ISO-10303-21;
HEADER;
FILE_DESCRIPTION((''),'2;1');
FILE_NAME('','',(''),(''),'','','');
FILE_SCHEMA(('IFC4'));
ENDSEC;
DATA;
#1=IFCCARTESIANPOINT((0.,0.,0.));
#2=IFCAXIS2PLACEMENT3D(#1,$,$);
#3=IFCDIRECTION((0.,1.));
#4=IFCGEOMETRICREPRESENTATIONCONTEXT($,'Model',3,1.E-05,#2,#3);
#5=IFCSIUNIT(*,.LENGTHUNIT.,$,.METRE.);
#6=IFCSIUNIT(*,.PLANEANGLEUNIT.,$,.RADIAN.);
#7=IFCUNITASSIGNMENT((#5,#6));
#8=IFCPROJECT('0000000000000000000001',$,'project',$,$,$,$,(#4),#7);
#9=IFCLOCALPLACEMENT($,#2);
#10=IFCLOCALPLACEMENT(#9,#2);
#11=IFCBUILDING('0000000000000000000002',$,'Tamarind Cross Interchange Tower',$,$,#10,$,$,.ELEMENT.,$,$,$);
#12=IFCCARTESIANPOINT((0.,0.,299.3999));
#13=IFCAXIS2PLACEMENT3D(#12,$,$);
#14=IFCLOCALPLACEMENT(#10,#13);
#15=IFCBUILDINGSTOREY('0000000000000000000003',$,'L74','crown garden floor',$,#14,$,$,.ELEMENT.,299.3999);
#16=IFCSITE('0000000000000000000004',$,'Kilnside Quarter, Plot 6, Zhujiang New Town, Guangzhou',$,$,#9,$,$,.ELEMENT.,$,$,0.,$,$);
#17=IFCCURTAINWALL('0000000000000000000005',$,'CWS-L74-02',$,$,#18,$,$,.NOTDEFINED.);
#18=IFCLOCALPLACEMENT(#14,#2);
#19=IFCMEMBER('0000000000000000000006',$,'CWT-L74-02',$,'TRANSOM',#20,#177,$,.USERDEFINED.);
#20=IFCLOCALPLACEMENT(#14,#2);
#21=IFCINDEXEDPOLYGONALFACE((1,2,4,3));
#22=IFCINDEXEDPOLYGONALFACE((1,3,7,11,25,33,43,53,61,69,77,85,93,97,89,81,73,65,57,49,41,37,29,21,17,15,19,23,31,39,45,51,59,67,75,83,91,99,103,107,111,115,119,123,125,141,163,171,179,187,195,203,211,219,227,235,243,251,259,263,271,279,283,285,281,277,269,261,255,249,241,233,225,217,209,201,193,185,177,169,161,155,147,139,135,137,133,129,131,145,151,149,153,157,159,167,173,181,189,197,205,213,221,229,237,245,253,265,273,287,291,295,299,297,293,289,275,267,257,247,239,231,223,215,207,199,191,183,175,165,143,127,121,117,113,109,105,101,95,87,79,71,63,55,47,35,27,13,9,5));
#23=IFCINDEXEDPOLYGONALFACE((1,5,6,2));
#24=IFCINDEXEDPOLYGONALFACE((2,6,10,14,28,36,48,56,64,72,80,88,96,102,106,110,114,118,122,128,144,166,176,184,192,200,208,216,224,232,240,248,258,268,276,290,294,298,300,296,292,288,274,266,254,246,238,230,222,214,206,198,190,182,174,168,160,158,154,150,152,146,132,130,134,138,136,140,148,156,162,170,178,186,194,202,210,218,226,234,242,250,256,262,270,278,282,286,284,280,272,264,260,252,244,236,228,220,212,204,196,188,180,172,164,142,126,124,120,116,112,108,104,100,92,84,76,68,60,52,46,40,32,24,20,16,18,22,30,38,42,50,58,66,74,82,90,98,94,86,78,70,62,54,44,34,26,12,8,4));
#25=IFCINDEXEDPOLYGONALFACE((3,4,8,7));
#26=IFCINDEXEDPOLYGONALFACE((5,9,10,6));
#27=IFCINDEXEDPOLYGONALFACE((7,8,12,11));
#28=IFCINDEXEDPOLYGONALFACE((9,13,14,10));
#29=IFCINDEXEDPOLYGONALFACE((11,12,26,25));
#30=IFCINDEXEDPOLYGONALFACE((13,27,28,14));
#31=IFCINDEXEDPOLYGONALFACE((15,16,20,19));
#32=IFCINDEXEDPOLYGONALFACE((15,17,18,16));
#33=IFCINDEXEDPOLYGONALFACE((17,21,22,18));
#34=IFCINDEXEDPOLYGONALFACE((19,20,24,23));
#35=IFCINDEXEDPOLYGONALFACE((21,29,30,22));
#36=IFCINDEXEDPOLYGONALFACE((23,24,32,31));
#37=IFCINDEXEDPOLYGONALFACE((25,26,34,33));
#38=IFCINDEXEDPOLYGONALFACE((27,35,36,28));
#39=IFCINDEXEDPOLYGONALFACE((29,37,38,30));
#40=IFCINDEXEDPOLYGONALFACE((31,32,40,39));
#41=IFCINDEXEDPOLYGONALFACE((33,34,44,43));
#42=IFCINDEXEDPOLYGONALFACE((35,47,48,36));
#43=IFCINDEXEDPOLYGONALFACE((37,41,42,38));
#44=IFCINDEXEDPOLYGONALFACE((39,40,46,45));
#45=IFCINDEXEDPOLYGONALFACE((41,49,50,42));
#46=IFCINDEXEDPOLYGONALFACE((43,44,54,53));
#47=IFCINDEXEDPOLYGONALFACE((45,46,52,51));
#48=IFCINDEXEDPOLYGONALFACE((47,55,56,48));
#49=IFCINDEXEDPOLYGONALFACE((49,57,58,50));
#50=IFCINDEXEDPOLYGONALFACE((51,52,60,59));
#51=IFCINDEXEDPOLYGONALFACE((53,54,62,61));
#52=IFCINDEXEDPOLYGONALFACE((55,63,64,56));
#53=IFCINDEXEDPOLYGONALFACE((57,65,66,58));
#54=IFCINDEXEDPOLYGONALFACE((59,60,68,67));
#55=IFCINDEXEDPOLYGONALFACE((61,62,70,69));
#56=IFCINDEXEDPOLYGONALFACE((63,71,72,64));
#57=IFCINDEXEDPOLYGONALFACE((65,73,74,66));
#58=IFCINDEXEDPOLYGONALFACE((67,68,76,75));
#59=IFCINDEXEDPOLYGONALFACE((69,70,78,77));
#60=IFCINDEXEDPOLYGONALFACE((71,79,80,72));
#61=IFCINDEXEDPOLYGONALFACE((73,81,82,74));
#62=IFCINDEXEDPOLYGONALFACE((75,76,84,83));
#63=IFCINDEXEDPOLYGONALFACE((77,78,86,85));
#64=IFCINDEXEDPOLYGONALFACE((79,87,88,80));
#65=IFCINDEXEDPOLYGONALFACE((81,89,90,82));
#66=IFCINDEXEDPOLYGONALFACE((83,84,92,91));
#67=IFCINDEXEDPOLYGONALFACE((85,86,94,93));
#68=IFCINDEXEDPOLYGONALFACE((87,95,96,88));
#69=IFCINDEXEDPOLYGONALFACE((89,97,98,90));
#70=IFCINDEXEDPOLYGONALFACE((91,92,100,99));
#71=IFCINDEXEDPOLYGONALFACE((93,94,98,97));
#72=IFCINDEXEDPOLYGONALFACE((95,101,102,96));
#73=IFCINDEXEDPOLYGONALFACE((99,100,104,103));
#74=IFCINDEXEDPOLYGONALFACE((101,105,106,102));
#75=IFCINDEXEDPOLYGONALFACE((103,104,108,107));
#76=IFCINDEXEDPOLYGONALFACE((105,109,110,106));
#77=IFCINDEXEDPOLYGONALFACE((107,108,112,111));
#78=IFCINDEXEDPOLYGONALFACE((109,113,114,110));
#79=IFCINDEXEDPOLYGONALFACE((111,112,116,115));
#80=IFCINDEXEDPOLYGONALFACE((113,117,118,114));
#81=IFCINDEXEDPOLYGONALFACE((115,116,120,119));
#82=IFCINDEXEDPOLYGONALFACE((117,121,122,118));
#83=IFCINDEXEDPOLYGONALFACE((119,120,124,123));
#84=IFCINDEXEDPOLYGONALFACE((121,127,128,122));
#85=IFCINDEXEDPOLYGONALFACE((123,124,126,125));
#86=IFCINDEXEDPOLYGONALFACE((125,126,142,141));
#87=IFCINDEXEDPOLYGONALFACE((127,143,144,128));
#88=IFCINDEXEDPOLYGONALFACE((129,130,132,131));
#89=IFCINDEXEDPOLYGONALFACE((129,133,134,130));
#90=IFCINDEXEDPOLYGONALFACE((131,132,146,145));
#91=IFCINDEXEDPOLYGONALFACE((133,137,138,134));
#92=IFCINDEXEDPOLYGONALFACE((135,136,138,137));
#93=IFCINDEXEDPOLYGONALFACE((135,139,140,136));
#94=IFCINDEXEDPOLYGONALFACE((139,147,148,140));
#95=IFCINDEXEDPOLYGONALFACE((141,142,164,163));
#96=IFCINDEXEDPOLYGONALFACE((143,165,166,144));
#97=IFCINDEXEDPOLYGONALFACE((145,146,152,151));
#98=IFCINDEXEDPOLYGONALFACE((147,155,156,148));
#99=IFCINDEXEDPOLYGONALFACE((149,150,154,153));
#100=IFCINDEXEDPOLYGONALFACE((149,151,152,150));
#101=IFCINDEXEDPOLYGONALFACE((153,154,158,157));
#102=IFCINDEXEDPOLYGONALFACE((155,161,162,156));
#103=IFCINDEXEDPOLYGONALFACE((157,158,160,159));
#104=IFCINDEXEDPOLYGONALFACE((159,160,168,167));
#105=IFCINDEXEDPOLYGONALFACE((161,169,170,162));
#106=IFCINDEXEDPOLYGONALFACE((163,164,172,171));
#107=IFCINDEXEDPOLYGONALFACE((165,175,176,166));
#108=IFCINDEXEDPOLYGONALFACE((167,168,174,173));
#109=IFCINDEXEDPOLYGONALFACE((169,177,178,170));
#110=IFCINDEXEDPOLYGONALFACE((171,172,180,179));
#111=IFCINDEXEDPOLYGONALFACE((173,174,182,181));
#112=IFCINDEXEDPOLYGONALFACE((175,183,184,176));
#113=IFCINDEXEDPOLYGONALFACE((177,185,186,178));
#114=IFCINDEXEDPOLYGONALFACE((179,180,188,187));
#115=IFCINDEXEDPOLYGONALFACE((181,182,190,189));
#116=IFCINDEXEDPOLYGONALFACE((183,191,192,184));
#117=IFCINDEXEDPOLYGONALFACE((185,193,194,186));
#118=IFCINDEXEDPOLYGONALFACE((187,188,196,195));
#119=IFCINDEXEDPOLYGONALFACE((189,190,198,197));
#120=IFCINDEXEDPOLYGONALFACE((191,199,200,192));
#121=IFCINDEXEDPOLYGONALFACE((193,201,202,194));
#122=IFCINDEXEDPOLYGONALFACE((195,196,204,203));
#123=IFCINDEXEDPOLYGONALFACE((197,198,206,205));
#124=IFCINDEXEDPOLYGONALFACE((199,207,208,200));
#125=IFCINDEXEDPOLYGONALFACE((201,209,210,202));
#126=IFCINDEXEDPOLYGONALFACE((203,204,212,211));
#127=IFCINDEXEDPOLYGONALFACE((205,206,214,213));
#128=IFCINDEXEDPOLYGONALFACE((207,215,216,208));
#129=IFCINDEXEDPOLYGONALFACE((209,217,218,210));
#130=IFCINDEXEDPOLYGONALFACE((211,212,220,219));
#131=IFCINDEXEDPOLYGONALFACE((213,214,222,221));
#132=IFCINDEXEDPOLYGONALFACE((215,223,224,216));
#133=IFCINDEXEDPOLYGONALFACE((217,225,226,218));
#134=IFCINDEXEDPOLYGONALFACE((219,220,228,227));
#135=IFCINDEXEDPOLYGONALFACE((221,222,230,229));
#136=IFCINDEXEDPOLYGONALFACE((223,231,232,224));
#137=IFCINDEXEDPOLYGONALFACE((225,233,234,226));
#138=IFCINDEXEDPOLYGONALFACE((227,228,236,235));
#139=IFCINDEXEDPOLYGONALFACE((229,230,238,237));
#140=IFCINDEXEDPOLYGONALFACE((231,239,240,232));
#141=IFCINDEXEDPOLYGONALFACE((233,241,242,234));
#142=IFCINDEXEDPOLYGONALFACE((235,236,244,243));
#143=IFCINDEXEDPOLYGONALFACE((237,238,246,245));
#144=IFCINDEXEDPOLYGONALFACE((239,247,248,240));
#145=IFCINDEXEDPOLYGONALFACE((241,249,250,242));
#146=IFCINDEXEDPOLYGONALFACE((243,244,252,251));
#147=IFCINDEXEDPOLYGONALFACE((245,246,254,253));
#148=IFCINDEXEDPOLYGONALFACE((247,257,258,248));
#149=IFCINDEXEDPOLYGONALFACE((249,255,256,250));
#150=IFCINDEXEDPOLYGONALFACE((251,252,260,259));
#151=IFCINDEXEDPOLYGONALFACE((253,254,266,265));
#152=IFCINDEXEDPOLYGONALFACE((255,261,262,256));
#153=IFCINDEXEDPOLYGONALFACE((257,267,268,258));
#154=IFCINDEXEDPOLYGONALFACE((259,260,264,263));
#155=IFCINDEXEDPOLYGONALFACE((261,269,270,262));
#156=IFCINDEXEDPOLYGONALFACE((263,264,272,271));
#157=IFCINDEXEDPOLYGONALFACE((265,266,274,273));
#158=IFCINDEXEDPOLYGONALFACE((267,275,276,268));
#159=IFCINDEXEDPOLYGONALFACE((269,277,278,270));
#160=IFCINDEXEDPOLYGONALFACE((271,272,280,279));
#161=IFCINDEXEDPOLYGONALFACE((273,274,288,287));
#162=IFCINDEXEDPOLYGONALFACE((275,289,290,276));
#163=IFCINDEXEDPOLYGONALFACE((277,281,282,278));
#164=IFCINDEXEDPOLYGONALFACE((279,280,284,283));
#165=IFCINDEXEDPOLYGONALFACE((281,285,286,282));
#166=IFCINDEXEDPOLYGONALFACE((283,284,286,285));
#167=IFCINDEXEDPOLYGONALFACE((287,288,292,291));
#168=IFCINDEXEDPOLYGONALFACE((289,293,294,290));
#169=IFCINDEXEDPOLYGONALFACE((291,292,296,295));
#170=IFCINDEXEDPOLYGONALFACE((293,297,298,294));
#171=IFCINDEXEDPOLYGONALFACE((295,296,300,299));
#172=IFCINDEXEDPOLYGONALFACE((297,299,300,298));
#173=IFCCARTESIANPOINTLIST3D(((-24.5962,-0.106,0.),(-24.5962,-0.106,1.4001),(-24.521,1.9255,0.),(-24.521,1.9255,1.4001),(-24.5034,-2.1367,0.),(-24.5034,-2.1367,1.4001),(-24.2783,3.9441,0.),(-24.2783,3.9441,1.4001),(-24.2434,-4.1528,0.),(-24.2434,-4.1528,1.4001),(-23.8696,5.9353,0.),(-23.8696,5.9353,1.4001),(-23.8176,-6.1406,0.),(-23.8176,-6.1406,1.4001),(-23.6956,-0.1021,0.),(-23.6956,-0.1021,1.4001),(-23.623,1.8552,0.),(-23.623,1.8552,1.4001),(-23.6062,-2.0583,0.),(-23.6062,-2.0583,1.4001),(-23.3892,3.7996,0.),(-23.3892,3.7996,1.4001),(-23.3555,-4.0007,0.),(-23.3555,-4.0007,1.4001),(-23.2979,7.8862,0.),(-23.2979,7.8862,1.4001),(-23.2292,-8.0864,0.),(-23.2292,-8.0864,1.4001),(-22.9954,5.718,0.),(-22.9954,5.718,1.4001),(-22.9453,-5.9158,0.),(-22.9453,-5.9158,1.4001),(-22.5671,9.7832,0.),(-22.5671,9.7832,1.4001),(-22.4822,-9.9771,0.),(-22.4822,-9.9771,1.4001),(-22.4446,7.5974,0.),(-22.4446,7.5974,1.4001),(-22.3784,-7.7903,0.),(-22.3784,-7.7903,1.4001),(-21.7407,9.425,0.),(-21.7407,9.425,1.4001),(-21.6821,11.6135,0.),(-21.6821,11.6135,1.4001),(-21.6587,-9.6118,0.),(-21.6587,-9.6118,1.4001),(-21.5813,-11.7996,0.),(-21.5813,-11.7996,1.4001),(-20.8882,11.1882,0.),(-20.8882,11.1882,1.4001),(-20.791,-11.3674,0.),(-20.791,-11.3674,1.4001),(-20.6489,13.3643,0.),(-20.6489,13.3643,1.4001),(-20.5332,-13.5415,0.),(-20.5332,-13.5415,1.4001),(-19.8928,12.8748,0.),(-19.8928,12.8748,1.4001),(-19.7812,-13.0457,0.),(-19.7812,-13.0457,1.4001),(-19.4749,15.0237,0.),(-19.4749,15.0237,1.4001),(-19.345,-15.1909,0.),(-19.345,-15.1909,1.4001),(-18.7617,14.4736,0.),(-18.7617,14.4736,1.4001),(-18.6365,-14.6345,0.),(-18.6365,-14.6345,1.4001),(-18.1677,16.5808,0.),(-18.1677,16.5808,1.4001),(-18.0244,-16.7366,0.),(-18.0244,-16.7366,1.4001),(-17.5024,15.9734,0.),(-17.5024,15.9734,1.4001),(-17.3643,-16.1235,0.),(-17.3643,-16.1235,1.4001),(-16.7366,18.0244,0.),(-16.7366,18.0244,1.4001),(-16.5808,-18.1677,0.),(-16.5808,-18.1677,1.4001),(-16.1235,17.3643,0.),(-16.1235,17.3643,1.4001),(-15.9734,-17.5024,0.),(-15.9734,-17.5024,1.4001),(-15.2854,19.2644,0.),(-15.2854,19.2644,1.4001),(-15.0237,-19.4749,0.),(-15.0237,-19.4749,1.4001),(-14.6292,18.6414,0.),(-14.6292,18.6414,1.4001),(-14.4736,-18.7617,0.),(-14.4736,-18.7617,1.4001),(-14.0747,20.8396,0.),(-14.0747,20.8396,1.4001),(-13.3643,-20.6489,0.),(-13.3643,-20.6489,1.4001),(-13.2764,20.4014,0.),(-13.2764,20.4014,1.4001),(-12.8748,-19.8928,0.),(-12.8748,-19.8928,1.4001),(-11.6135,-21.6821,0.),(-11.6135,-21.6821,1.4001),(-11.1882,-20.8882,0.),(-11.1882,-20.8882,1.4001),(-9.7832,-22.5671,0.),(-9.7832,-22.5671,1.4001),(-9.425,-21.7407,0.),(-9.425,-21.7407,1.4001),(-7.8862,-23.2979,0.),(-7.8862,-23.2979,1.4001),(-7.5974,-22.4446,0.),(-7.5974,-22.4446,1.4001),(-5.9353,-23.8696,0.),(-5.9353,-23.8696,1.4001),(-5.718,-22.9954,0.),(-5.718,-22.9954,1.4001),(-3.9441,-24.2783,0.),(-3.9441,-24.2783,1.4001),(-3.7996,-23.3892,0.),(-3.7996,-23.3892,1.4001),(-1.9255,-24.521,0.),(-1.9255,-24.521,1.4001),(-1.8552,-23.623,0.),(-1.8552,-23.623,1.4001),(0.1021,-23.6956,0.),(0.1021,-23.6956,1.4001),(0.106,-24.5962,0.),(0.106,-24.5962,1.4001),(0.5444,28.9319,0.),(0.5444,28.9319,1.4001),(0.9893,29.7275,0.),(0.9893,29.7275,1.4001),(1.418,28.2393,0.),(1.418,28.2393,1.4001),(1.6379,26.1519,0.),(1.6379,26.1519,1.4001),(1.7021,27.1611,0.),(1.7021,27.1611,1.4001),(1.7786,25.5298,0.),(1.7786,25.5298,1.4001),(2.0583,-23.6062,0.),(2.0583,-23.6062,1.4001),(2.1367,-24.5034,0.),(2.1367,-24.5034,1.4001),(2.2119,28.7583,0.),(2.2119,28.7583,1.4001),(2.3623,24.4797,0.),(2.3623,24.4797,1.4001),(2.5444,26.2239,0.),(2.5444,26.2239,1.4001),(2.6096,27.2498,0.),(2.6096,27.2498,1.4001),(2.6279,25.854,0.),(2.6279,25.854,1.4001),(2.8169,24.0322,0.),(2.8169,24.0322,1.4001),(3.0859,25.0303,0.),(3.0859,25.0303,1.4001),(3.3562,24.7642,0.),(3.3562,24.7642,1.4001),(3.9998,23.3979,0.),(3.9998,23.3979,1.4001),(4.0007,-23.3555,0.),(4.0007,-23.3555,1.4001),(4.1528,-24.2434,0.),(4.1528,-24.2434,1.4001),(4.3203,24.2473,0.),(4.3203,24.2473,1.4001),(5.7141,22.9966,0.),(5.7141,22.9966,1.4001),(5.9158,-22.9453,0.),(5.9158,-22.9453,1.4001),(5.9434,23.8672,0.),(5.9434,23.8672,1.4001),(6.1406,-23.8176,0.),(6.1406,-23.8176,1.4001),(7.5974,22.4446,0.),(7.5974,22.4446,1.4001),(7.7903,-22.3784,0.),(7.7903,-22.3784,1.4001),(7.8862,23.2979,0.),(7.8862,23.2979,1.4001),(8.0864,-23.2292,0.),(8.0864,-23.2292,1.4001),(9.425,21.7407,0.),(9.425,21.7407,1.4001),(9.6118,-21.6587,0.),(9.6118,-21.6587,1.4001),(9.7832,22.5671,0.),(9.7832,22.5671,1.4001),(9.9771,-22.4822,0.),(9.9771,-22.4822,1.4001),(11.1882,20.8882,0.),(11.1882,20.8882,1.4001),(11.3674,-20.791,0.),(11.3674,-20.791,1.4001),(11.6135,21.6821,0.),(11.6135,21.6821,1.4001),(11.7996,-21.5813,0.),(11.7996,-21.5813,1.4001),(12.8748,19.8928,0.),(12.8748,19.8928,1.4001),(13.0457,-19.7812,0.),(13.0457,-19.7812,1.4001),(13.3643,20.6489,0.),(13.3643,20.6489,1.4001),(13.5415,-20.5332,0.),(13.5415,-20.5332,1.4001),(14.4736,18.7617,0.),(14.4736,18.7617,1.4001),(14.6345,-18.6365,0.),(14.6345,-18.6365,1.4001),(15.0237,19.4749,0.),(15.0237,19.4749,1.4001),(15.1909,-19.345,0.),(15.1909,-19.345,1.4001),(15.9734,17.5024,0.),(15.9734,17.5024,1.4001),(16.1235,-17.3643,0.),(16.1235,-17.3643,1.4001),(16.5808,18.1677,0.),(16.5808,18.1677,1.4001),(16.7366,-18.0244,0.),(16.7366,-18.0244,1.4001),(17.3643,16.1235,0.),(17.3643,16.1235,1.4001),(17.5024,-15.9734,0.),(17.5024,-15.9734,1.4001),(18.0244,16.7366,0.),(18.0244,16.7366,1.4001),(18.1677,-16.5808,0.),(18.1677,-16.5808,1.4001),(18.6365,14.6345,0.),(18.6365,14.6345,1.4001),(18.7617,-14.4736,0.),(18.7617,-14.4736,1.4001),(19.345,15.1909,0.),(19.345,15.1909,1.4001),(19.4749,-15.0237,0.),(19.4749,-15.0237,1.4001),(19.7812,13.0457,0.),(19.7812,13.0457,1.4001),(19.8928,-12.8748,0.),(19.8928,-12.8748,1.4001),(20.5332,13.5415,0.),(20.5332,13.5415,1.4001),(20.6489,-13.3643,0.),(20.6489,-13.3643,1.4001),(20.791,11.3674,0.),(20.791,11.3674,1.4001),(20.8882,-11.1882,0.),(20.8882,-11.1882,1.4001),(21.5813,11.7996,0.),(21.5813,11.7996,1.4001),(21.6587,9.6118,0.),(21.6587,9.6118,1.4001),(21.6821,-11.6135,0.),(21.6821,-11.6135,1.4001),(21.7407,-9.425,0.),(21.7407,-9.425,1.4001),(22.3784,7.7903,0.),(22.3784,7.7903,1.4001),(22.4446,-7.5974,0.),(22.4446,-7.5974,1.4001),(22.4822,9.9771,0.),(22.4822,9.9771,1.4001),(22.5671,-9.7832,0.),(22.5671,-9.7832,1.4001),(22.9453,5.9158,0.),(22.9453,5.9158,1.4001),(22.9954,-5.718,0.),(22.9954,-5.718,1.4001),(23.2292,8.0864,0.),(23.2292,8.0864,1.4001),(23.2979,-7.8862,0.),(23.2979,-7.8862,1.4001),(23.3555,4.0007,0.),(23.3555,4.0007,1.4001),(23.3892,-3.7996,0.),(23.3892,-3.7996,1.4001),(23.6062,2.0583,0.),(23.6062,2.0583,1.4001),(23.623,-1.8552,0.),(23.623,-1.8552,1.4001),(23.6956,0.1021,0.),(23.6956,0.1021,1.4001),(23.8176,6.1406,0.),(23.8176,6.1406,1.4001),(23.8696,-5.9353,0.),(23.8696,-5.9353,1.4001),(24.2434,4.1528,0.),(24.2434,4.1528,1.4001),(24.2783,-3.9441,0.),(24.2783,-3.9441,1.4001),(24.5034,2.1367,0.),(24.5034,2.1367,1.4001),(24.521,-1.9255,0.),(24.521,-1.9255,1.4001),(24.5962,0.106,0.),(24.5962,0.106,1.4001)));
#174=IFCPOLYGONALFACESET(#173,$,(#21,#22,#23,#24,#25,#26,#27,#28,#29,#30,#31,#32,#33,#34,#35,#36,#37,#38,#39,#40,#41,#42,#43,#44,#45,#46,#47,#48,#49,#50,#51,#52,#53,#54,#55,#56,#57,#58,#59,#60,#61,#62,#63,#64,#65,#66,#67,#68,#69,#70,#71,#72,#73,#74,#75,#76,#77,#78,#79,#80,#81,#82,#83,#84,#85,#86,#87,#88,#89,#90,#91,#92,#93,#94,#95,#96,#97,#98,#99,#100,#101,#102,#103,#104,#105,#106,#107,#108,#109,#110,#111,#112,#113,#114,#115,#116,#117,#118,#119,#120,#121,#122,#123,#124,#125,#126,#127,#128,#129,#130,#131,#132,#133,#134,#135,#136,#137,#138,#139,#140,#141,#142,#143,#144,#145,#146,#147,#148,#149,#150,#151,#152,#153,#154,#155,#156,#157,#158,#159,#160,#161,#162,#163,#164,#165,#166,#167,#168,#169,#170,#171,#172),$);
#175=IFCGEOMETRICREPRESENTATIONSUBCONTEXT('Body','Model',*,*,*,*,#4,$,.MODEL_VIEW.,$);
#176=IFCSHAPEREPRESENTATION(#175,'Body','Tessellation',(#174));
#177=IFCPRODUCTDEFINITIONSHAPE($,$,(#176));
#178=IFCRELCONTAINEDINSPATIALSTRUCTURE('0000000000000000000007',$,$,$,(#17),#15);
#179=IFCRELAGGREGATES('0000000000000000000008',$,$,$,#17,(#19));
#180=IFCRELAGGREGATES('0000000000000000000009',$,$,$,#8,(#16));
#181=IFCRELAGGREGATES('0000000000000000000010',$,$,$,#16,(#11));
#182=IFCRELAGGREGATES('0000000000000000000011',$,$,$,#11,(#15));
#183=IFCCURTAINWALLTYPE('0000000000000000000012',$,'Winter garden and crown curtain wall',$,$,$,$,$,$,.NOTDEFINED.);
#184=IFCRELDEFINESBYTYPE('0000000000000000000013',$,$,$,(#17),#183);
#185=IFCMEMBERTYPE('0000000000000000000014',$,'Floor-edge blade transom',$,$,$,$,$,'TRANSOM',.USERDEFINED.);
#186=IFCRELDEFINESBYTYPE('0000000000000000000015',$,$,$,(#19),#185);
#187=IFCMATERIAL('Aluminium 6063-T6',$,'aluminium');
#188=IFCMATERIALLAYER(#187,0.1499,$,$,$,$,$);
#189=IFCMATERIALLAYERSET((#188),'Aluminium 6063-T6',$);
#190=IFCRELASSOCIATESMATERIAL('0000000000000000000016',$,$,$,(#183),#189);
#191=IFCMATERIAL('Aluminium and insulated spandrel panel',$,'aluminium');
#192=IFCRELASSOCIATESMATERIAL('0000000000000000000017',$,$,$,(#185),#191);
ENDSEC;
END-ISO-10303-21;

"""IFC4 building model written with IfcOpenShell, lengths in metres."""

from ifc_helpers import new_model, si_unit, direction, frame, origin, place, context, subcontext, project, spatial, polyline, outline, extrude, material, layer, layer_set, type_object, element, aggregate, save


model = new_model("IFC4")

# Units and contexts
model_context = context("Model", 3, precision=1e-05, world=origin(), true_north=direction((0.0, 1.0)))
body_context = subcontext(model_context, "Body", "Model", "MODEL_VIEW")
ifc_project = project(units=[si_unit("LENGTHUNIT", "METRE"), si_unit("PLANEANGLEUNIT", "RADIAN")], contexts=[model_context])

# Site, building, storey
site_placement = place(None, origin())
site = spatial("IfcSite", under=ifc_project, at=site_placement, Name="Kilnside Quarter, Plot 6, Zhujiang New Town, Guangzhou", CompositionType="ELEMENT", RefElevation=0.0)
building_placement = place(site_placement, origin())
building = spatial("IfcBuilding", under=site, at=building_placement, Name="Tamarind Cross Interchange Tower", CompositionType="ELEMENT")
storey_placement = place(building_placement, frame((0.0, 0.0, 299.3999)))
storey = spatial("IfcBuildingStorey", under=building, at=storey_placement, Name="L74", Description="crown garden floor", CompositionType="ELEMENT", Elevation=299.3999)

# Curtain wall, member
ifc_material_1 = material(Name="Aluminium 6063-T6", Category="aluminium")
ifc_layer_1 = layer(ifc_material_1, 0.1499)
ifc_layer_set_1 = layer_set([ifc_layer_1], Name="Aluminium 6063-T6")
curtain_wall_type = type_object("IfcCurtainWallType", Name="Winter garden and crown curtain wall", PredefinedType="NOTDEFINED", material=ifc_layer_set_1)
curtain_wall_placement = place(storey_placement, origin())
curtain_wall = element("IfcCurtainWall", 1, at=curtain_wall_placement, inside=storey, type_object=curtain_wall_type, Name="CWS-L74-02", PredefinedType="NOTDEFINED")
ifc_material_2 = material(Name="Aluminium and insulated spandrel panel", Category="aluminium")
member_type = type_object("IfcMemberType", Name="Floor-edge blade transom", ElementType="TRANSOM", PredefinedType="USERDEFINED", material=ifc_material_2)
member_placement = place(storey_placement, origin())
member = element("IfcMember", 2, at=member_placement, type_object=member_type, Name="CWT-L74-02", ObjectType="TRANSOM", PredefinedType="USERDEFINED", context=body_context, shape_type="SweptSolid", body=[
    extrude(outline(polyline([(-13.2764, 20.4014), (-14.6292, 18.6414), (-16.1235, 17.3643), (-17.5024, 15.9734), (-18.7617, 14.4736), (-19.8928, 12.8748), (-20.8882, 11.1882), (-21.7407, 9.425), (-22.4446, 7.5974), (-22.9954, 5.718), (-23.3892, 3.7996), (-23.623, 1.8552), (-23.6956, -0.1021), (-23.6062, -2.0583), (-23.3555, -4.0007), (-22.9453, -5.9158), (-22.3784, -7.7903), (-21.6587, -9.6118), (-20.791, -11.3674), (-19.7812, -13.0457), (-18.6365, -14.6345), (-17.3643, -16.1235), (-15.9734, -17.5024), (-14.4736, -18.7617), (-12.8748, -19.8928), (-11.1882, -20.8882), (-9.425, -21.7407), (-7.5974, -22.4446), (-5.718, -22.9954), (-3.7996, -23.3892), (-1.8552, -23.623), (0.1021, -23.6956), (2.0583, -23.6062), (4.0007, -23.3555), (5.9158, -22.9453), (7.7903, -22.3784), (9.6118, -21.6587), (11.3674, -20.791), (13.0457, -19.7812), (14.6345, -18.6365), (16.1235, -17.3643), (17.5024, -15.9734), (18.7617, -14.4736), (19.8928, -12.8748), (20.8882, -11.1882), (21.7407, -9.425), (22.4446, -7.5974), (22.9954, -5.718), (23.3892, -3.7996), (23.623, -1.8552), (23.6956, 0.1021), (23.6062, 2.0583), (23.3555, 4.0007), (22.9453, 5.9158), (22.3784, 7.7903), (21.6587, 9.6118), (20.791, 11.3674), (19.7812, 13.0457), (18.6365, 14.6345), (17.3643, 16.1235), (15.9734, 17.5024), (14.4736, 18.7617), (12.8748, 19.8928), (11.1882, 20.8882), (9.425, 21.7407), (7.5974, 22.4446), (5.7141, 22.9966), (3.9998, 23.3979), (2.8169, 24.0322), (2.3623, 24.4797), (1.7786, 25.5298), (1.6379, 26.1519), (1.7021, 27.1611), (1.418, 28.2393), (0.5444, 28.9319), (0.9893, 29.7275), (2.2119, 28.7583), (2.6096, 27.2498), (2.5444, 26.2239), (2.6279, 25.854), (3.0859, 25.0303), (3.3562, 24.7642), (4.3203, 24.2473), (5.9434, 23.8672), (7.8862, 23.2979), (9.7832, 22.5671), (11.6135, 21.6821), (13.3643, 20.6489), (15.0237, 19.4749), (16.5808, 18.1677), (18.0244, 16.7366), (19.345, 15.1909), (20.5332, 13.5415), (21.5813, 11.7996), (22.4822, 9.9771), (23.2292, 8.0864), (23.8176, 6.1406), (24.2434, 4.1528), (24.5034, 2.1367), (24.5962, 0.106), (24.521, -1.9255), (24.2783, -3.9441), (23.8696, -5.9353), (23.2979, -7.8862), (22.5671, -9.7832), (21.6821, -11.6135), (20.6489, -13.3643), (19.4749, -15.0237), (18.1677, -16.5808), (16.7366, -18.0244), (15.1909, -19.345), (13.5415, -20.5332), (11.7996, -21.5813), (9.9771, -22.4822), (8.0864, -23.2292), (6.1406, -23.8176), (4.1528, -24.2434), (2.1367, -24.5034), (0.106, -24.5962), (-1.9255, -24.521), (-3.9441, -24.2783), (-5.9353, -23.8696), (-7.8862, -23.2979), (-9.7832, -22.5671), (-11.6135, -21.6821), (-13.3643, -20.6489), (-15.0237, -19.4749), (-16.5808, -18.1677), (-18.0244, -16.7366), (-19.345, -15.1909), (-20.5332, -13.5415), (-21.5813, -11.7996), (-22.4822, -9.9771), (-23.2292, -8.0864), (-23.8176, -6.1406), (-24.2434, -4.1528), (-24.5034, -2.1367), (-24.5962, -0.106), (-24.521, 1.9255), (-24.2783, 3.9441), (-23.8696, 5.9353), (-23.2979, 7.8862), (-22.5671, 9.7832), (-21.6821, 11.6135), (-20.6489, 13.3643), (-19.4749, 15.0237), (-18.1677, 16.5808), (-16.7366, 18.0244), (-15.2854, 19.2644), (-14.0747, 20.8396), (-13.2764, 20.4014)])), origin(), (0.0, 0.0, 1.0), 1.4001),
])

aggregate(curtain_wall, [member])

save(model, "model.ifc")
